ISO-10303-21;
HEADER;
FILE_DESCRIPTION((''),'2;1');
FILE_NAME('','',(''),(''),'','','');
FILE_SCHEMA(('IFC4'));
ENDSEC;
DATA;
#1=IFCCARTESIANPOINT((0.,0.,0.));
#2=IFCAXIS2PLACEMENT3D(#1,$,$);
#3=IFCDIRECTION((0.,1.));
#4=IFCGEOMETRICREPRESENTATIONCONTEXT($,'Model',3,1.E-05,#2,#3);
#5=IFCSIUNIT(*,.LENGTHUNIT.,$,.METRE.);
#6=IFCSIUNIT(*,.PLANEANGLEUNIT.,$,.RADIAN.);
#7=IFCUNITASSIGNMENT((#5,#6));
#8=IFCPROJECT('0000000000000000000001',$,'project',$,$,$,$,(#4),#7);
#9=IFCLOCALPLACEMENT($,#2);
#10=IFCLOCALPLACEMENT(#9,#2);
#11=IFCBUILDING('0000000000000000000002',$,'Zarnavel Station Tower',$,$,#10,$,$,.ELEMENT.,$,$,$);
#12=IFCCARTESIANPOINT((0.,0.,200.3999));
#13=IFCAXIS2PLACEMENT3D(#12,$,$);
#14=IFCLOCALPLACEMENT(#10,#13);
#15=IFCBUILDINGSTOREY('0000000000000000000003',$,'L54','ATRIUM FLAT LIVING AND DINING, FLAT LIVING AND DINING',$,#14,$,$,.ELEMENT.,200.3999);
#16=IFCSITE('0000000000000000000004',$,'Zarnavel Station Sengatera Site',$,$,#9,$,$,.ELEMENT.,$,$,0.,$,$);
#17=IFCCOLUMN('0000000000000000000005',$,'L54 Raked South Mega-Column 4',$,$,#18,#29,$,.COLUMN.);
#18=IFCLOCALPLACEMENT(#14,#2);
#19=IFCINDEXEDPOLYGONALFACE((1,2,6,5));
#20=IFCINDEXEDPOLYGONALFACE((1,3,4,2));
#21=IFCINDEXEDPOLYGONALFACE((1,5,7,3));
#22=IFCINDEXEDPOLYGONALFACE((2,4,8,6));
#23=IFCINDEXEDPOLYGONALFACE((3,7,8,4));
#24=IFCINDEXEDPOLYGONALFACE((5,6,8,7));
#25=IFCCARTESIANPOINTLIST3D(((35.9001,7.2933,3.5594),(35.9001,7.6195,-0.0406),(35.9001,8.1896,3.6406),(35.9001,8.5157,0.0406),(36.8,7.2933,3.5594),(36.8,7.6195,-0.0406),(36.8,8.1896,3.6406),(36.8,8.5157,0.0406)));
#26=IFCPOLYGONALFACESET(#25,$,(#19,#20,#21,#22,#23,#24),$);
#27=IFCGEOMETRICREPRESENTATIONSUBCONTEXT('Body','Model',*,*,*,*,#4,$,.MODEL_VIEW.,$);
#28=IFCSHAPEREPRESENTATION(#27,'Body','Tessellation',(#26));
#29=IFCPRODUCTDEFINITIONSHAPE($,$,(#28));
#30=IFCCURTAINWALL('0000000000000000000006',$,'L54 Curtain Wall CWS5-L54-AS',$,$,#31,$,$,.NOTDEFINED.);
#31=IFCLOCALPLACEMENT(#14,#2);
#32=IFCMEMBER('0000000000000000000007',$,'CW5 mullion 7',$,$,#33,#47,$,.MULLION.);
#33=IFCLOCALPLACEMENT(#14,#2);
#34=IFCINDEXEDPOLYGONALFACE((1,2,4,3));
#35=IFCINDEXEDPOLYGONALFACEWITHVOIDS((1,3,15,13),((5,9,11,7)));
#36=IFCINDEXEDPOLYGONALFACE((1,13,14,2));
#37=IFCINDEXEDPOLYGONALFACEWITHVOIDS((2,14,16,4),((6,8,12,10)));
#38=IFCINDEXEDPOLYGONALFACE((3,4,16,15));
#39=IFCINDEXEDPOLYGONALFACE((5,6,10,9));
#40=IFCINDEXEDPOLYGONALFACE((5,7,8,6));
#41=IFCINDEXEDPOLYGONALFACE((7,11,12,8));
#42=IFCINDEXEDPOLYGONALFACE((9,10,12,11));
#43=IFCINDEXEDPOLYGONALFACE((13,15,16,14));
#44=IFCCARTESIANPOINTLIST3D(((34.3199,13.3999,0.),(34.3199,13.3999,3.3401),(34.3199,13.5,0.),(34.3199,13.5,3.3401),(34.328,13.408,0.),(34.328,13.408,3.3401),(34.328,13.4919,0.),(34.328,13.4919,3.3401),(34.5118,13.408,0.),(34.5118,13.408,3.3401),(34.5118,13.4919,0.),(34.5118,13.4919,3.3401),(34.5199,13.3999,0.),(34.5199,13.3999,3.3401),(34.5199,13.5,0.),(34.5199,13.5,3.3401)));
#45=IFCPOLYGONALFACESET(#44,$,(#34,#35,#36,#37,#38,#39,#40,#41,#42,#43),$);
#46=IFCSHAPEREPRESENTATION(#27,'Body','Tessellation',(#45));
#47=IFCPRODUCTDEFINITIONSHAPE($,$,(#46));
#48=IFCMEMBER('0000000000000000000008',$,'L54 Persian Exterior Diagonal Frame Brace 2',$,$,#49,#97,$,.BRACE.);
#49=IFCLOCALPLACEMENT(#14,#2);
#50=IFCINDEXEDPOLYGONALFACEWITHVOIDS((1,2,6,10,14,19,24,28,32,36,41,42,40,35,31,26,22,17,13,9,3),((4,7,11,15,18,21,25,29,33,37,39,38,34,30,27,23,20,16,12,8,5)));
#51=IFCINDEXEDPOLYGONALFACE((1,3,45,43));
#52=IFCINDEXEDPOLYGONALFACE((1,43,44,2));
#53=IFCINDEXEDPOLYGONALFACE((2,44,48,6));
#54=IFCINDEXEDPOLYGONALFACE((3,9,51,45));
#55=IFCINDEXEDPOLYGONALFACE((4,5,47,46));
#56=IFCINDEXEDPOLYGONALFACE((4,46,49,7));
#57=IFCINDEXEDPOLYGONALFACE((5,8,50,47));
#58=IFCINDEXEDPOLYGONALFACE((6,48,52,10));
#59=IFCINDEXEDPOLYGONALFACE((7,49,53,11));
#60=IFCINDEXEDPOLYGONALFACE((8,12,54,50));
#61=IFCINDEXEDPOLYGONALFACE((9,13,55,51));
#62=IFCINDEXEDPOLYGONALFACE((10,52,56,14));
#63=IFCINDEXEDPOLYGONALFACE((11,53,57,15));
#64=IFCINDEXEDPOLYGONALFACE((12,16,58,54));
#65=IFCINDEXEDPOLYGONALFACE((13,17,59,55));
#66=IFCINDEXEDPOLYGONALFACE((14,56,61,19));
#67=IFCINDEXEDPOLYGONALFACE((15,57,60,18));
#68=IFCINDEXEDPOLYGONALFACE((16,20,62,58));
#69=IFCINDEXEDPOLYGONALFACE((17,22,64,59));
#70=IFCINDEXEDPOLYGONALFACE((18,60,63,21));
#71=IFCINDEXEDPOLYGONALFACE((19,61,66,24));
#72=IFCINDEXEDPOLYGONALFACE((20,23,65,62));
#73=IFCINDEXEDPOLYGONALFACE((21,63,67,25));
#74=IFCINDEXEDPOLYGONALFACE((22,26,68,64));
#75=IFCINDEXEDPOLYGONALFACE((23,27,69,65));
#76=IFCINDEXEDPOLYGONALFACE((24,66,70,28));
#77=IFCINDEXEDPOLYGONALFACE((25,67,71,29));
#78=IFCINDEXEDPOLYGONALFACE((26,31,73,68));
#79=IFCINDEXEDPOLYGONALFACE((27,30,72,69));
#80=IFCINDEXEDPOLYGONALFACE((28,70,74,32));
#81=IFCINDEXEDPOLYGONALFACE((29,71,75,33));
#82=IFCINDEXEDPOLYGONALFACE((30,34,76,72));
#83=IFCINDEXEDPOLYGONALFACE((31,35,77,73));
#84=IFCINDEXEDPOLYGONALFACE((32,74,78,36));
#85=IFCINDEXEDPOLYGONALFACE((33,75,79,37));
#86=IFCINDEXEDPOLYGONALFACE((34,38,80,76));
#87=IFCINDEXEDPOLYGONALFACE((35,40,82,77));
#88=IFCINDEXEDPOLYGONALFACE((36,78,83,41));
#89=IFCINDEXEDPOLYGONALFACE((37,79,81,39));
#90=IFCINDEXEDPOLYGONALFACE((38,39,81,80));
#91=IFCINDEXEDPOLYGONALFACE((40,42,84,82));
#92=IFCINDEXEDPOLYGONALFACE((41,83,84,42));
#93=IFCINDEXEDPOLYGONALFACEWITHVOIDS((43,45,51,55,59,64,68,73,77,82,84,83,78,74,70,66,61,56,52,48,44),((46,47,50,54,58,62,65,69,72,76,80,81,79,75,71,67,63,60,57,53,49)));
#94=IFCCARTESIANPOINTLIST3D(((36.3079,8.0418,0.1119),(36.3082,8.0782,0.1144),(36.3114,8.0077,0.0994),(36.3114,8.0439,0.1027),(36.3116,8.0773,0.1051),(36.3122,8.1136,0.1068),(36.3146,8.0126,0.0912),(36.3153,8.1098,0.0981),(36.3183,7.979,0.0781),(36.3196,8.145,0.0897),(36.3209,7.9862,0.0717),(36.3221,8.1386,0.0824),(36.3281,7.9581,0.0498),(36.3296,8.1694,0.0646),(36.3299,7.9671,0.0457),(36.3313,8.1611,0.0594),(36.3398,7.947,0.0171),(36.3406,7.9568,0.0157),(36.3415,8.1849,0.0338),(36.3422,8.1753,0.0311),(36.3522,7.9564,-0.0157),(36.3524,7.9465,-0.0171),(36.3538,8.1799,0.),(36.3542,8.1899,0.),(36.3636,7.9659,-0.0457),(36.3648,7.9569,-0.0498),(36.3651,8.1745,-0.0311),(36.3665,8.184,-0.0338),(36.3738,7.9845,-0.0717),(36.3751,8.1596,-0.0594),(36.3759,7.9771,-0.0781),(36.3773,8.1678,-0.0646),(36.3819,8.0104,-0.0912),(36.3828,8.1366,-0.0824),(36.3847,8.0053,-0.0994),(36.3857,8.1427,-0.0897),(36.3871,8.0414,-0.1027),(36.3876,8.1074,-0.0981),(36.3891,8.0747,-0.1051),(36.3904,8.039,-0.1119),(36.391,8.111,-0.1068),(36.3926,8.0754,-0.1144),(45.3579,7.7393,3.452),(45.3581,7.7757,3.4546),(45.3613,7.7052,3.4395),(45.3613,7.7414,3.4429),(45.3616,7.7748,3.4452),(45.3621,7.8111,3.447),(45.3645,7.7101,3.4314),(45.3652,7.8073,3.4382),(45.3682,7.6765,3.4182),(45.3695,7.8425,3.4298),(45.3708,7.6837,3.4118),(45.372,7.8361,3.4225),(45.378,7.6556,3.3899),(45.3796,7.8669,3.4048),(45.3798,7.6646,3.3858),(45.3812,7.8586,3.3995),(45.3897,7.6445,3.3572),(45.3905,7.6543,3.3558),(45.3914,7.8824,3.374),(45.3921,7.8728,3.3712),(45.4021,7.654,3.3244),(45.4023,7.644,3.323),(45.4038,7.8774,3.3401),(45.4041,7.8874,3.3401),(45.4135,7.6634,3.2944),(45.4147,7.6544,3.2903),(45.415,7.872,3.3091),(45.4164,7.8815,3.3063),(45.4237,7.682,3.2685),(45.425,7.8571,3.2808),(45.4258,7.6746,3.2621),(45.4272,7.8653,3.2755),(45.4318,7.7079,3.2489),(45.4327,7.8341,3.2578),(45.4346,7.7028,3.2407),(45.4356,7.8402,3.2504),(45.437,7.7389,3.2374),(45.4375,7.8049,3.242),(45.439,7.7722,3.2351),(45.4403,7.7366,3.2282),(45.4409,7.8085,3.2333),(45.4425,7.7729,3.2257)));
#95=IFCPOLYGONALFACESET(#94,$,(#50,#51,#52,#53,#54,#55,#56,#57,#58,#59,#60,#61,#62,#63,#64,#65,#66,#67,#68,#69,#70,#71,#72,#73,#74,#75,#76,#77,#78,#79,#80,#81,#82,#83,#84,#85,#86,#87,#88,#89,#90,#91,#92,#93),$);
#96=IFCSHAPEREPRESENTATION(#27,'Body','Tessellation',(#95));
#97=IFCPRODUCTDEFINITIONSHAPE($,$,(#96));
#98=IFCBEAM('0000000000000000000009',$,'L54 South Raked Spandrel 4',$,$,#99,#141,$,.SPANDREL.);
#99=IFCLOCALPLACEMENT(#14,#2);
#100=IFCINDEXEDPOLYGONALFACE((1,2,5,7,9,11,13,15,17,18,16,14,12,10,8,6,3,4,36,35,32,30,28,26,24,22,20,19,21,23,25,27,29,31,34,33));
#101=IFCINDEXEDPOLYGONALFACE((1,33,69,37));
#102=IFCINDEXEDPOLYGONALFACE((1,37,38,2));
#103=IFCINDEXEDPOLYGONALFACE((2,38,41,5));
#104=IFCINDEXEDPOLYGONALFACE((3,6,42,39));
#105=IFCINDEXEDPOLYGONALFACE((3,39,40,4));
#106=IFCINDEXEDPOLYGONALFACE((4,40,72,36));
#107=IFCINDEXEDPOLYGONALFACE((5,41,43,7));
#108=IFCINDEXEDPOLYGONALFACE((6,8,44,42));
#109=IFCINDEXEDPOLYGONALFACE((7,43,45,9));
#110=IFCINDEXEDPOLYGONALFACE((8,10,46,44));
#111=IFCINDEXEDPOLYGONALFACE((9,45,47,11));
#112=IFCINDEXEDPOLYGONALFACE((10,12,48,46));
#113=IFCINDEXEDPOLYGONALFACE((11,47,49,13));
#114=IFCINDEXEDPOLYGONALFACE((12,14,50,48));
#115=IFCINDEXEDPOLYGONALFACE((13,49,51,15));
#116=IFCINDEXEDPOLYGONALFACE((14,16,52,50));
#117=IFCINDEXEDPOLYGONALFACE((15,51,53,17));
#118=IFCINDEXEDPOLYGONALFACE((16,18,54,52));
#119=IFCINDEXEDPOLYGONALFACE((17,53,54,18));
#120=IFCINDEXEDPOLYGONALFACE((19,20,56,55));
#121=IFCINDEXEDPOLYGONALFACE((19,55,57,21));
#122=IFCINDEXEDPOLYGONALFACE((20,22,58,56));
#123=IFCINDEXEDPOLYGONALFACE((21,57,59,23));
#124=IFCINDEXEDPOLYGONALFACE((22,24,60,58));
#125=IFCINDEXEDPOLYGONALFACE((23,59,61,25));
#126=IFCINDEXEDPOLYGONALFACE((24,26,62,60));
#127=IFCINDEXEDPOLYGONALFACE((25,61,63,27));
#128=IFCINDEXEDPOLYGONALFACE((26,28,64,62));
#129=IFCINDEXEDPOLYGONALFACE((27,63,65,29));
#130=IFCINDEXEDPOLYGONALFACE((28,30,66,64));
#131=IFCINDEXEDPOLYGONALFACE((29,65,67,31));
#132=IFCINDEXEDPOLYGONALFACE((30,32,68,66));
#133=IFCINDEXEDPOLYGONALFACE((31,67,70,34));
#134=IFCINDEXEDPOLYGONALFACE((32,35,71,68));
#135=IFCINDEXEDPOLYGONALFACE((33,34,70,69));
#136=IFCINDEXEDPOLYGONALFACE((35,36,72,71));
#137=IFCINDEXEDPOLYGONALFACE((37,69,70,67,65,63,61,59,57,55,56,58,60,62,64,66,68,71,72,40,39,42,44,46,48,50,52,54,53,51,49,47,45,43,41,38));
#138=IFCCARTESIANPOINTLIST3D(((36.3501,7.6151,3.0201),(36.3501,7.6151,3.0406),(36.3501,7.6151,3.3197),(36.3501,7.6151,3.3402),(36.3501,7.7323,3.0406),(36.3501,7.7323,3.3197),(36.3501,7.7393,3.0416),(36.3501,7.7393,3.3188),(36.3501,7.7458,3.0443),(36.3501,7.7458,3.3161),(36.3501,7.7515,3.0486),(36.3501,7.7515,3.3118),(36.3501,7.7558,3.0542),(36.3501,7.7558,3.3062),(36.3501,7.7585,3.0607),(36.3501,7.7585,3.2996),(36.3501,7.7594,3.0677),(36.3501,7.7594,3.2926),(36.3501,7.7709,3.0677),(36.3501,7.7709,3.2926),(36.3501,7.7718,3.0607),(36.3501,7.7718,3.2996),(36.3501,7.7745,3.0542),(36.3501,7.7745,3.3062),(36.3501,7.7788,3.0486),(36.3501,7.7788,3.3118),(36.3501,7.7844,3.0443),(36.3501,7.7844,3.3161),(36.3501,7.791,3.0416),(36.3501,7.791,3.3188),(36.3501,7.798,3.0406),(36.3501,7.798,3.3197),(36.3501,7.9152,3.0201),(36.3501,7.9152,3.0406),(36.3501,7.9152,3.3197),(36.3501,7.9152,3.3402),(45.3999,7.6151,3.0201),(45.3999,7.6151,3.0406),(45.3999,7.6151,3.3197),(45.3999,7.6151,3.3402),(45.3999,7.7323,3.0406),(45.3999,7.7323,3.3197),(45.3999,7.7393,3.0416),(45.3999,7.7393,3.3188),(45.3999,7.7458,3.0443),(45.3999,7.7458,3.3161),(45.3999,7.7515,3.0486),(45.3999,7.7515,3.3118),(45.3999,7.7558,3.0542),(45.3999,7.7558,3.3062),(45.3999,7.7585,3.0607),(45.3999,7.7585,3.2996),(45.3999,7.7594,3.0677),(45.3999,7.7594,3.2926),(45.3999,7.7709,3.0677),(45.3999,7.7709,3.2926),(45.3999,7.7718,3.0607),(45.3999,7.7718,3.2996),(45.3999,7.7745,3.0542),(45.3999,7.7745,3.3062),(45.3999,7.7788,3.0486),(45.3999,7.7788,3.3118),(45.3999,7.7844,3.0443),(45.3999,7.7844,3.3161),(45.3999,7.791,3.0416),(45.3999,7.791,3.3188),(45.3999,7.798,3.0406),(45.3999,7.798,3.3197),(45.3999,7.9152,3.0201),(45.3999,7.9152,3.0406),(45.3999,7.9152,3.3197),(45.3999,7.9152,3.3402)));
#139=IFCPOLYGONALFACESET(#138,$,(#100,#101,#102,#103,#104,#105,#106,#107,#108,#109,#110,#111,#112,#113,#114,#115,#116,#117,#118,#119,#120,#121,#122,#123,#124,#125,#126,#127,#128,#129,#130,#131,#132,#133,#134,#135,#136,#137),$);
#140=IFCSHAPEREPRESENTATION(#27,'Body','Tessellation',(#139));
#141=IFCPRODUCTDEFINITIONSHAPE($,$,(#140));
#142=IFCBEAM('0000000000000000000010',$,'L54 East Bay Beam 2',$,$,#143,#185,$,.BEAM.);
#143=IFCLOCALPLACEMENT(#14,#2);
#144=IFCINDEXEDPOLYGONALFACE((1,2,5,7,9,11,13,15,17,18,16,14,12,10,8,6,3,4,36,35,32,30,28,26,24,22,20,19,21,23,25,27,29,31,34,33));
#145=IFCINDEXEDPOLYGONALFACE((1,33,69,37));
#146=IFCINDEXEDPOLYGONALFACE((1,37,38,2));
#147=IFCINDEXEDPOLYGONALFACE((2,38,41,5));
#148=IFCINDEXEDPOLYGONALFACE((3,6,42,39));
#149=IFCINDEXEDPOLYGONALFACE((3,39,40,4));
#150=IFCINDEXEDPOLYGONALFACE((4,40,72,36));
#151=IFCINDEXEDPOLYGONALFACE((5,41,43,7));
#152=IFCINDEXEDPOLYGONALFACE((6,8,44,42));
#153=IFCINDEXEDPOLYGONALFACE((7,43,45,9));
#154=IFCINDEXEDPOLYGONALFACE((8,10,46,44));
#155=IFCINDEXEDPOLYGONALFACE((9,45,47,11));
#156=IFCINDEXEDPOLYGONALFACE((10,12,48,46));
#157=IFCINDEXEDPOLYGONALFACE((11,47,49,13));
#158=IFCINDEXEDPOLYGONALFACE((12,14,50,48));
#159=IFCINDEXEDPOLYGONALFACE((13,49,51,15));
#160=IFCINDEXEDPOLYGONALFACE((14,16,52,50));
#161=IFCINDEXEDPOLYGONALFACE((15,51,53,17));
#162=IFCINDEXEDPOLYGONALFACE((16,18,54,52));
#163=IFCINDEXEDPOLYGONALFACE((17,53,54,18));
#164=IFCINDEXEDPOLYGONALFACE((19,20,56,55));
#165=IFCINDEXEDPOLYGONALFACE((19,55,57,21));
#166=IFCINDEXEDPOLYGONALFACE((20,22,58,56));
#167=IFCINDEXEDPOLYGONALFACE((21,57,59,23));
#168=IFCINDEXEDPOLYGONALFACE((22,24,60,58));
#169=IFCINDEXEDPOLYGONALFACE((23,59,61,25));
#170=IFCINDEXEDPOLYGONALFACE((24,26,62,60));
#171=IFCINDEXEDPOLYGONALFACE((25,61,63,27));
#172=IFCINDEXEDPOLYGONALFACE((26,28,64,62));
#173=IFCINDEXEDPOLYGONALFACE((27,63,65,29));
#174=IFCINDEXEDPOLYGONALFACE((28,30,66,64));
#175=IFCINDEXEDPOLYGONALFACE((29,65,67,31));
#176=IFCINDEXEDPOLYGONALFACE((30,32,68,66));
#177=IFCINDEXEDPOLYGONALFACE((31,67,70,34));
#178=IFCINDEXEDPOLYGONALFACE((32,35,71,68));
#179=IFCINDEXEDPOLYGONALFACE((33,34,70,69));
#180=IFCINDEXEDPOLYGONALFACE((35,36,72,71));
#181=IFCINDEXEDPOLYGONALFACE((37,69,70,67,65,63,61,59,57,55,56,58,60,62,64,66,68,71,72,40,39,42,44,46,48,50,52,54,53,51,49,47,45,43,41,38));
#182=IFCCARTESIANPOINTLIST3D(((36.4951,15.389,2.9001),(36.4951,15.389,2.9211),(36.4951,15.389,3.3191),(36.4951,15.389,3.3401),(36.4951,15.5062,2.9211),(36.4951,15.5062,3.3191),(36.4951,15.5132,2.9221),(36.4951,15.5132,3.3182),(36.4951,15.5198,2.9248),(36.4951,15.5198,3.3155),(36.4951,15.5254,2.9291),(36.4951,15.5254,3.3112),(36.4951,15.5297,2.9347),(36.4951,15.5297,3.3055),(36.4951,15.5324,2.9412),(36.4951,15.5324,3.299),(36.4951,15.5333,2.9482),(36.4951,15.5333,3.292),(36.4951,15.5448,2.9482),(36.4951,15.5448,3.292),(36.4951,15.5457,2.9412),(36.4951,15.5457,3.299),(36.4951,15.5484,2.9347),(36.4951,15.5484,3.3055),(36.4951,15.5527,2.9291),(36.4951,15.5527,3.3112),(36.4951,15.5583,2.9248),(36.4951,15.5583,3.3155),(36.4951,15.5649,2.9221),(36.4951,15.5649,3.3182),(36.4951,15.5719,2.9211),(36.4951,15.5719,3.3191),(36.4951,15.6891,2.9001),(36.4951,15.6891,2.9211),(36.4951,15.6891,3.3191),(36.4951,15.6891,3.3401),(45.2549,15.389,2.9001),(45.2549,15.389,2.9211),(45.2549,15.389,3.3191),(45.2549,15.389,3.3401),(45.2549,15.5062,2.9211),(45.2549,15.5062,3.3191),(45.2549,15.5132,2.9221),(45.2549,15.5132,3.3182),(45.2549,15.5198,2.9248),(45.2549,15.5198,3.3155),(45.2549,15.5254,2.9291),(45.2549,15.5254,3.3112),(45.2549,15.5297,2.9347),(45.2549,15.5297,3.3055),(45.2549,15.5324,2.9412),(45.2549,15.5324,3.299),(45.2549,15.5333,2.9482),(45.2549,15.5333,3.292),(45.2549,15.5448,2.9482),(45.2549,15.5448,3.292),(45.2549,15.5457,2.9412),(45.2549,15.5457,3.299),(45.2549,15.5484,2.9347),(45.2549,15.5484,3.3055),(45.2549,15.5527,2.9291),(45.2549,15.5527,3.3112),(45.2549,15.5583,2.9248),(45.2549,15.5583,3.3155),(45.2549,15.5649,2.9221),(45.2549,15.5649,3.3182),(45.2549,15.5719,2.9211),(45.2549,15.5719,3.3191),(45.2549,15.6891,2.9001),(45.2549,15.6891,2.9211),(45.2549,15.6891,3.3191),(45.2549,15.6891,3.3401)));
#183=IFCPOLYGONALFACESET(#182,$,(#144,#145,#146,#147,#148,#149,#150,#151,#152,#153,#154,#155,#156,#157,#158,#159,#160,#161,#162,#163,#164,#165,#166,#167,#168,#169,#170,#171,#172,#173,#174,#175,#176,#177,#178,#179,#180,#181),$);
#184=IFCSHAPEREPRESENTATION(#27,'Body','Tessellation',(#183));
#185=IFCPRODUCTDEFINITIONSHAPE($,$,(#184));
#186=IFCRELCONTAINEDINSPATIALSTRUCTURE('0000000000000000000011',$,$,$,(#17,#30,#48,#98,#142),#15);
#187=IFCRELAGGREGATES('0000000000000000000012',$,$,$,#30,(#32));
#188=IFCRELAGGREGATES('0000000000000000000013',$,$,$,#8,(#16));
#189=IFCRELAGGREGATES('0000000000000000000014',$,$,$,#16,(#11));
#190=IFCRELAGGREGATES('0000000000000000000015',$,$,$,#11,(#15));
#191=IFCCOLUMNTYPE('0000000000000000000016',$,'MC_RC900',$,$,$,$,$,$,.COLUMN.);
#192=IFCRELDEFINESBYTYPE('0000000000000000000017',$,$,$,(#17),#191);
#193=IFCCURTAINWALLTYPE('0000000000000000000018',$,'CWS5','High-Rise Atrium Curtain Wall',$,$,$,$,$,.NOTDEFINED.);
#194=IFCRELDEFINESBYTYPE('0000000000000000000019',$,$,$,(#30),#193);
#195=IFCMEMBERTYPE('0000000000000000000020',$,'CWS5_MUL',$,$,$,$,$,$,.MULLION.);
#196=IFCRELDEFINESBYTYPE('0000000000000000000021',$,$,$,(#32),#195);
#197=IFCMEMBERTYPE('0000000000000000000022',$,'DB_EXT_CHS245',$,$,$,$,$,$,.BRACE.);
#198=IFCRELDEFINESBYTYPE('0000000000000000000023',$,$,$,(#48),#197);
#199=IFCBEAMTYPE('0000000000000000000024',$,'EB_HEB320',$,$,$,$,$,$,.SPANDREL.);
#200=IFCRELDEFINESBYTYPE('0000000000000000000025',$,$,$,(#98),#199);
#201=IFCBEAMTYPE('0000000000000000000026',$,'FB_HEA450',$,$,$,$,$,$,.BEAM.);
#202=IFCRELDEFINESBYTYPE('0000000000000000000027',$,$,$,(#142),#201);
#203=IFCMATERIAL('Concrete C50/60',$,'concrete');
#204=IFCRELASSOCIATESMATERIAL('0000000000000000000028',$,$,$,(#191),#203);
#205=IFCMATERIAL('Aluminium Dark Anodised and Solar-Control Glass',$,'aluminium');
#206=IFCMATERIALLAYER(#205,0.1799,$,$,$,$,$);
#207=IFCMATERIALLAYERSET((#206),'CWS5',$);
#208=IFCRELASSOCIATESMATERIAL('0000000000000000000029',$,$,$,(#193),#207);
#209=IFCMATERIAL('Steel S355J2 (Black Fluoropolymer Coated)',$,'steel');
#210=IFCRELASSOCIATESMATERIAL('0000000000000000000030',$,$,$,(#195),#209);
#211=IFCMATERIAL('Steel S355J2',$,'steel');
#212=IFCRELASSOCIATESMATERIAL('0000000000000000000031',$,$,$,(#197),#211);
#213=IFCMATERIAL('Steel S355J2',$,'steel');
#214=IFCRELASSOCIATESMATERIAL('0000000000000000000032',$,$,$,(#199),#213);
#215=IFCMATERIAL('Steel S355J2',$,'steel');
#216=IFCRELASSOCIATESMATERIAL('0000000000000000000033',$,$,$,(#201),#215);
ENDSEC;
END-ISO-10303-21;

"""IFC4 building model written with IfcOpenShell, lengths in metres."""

from ifc_helpers import new_model, si_unit, direction, frame, origin, origin_2d, place, context, subcontext, project, spatial, rectangle, hollow_rectangle, hollow_circle, i_section, extrude, material, layer, layer_set, material_profile, profile_set, type_object, element, aggregate, save


model = new_model("IFC4")

# Units and contexts
model_context = context("Model", 3, precision=1e-05, world=origin(), true_north=direction((0.0, 1.0)))
body_context = subcontext(model_context, "Body", "Model", "MODEL_VIEW")
ifc_project = project(units=[si_unit("LENGTHUNIT", "METRE"), si_unit("PLANEANGLEUNIT", "RADIAN")], contexts=[model_context])

# Site, building, storey
site_placement = place(None, origin())
site = spatial("IfcSite", under=ifc_project, at=site_placement, Name="Zarnavel Station Sengatera Site", CompositionType="ELEMENT", RefElevation=0.0)
building_placement = place(site_placement, origin())
building = spatial("IfcBuilding", under=site, at=building_placement, Name="Zarnavel Station Tower", CompositionType="ELEMENT")
storey_placement = place(building_placement, frame((0.0, 0.0, 200.3999)))
storey = spatial("IfcBuildingStorey", under=building, at=storey_placement, Name="L54", Description="ATRIUM FLAT LIVING AND DINING, FLAT LIVING AND DINING", CompositionType="ELEMENT", Elevation=200.3999)

# Column
ifc_material_1 = material(Name="Concrete C50/60", Category="concrete")
ifc_material_profile_1 = material_profile(ifc_material_1, rectangle(XDim=0.8999, YDim=0.8999, at=origin_2d()), Name="RC900x900")
ifc_profile_set_1 = profile_set([ifc_material_profile_1], Name="Concrete C50/60")
column_type = type_object("IfcColumnType", Name="MC_RC900", PredefinedType="COLUMN", material=ifc_profile_set_1)
column_placement = place(storey_placement, frame((36.3501, 8.0676, 0.0), z_axis=(0.0, -0.090231, 0.995921), x_axis=(1.0, 0.0, 0.0)))
element("IfcColumn", 1, at=column_placement, inside=storey, type_object=column_type, Name="L54 Raked South Mega-Column 4", PredefinedType="COLUMN", context=body_context, shape_type="SweptSolid", body=[
    extrude(rectangle(XDim=0.8999, YDim=0.8999, at=origin_2d()), origin(), (0.0, 0.0, 1.0), 3.6147),
])

# Curtain wall, member
ifc_material_2 = material(Name="Aluminium Dark Anodised and Solar-Control Glass", Category="aluminium")
ifc_layer_1 = layer(ifc_material_2, 0.1799)
ifc_layer_set_1 = layer_set([ifc_layer_1], Name="CWS5")
curtain_wall_type = type_object("IfcCurtainWallType", Name="CWS5", Description="High-Rise Atrium Curtain Wall", PredefinedType="NOTDEFINED", material=ifc_layer_set_1)
curtain_wall_placement = place(storey_placement, origin())
curtain_wall = element("IfcCurtainWall", 2, at=curtain_wall_placement, inside=storey, type_object=curtain_wall_type, Name="L54 Curtain Wall CWS5-L54-AS", PredefinedType="NOTDEFINED")
ifc_material_3 = material(Name="Steel S355J2 (Black Fluoropolymer Coated)", Category="steel")
ifc_material_profile_2 = material_profile(ifc_material_3, hollow_rectangle(XDim=0.1001, YDim=0.2, WallThickness=0.0081, at=origin_2d()), Name="RHS200x100x8")
ifc_profile_set_2 = profile_set([ifc_material_profile_2], Name="Steel S355J2 (Black Fluoropolymer Coated)")
member_type_1 = type_object("IfcMemberType", Name="CWS5_MUL", PredefinedType="MULLION", material=ifc_profile_set_2)
member_1_placement = place(storey_placement, frame((34.4199, 13.45, 0.0), z_axis=(0.0, 0.0, 1.0), x_axis=(0.0, 1.0, 0.0)))
member_1 = element("IfcMember", 3, at=member_1_placement, type_object=member_type_1, Name="CW5 mullion 7", PredefinedType="MULLION", context=body_context, shape_type="SweptSolid", body=[
    extrude(hollow_rectangle(XDim=0.1001, YDim=0.2, WallThickness=0.0081, at=origin_2d()), origin(), (0.0, 0.0, 1.0), 3.3401),
])
aggregate(curtain_wall, [member_1])

# Member
ifc_material_4 = material(Name="Steel S355J2", Category="steel")
ifc_material_profile_3 = material_profile(ifc_material_4, hollow_circle(Radius=0.1223, WallThickness=0.01, at=origin_2d()), Name="CHS244.5x10")
ifc_profile_set_3 = profile_set([ifc_material_profile_3], Name="Steel S355J2")
member_type_2 = type_object("IfcMemberType", Name="DB_EXT_CHS245", PredefinedType="BRACE", material=ifc_profile_set_3)
member_2_placement = place(storey_placement, frame((36.3501, 8.0676, 0.0), z_axis=(0.937682, -0.031342, 0.346078), x_axis=(0.033406, 0.999442, 0.0)))
element("IfcMember", 4, at=member_2_placement, inside=storey, type_object=member_type_2, Name="L54 Persian Exterior Diagonal Frame Brace 2", PredefinedType="BRACE", context=body_context, shape_type="SweptSolid", body=[
    extrude(hollow_circle(Radius=0.1223, WallThickness=0.01, at=origin_2d()), origin(), (0.0, 0.0, 1.0), 9.6514),
])

# Beams
ifc_material_5 = material(Name="Steel S355J2", Category="steel")
ifc_material_profile_4 = material_profile(ifc_material_5, i_section(OverallWidth=0.3, OverallDepth=0.3201, WebThickness=0.0115, FlangeThickness=0.0205, FilletRadius=0.0271, at=origin_2d()), Name="HEB320")
ifc_profile_set_4 = profile_set([ifc_material_profile_4], Name="Steel S355J2")
beam_type_1 = type_object("IfcBeamType", Name="EB_HEB320", PredefinedType="SPANDREL", material=ifc_profile_set_4)
beam_1_placement = place(storey_placement, frame((36.3501, 7.7651, 3.1802), z_axis=(1.0, 0.0, 0.0), x_axis=(0.0, 1.0, 0.0)))
element("IfcBeam", 5, at=beam_1_placement, inside=storey, type_object=beam_type_1, Name="L54 South Raked Spandrel 4", PredefinedType="SPANDREL", context=body_context, shape_type="SweptSolid", body=[
    extrude(i_section(OverallWidth=0.3, OverallDepth=0.3201, WebThickness=0.0115, FlangeThickness=0.0205, FilletRadius=0.0271, at=origin_2d()), origin(), (0.0, 0.0, 1.0), 9.0498),
])
ifc_material_6 = material(Name="Steel S355J2", Category="steel")
ifc_material_profile_5 = material_profile(ifc_material_6, i_section(OverallWidth=0.3, OverallDepth=0.4399, WebThickness=0.0115, FlangeThickness=0.021, FilletRadius=0.0271, at=origin_2d()), Name="HEA450")
ifc_profile_set_5 = profile_set([ifc_material_profile_5], Name="Steel S355J2")
beam_type_2 = type_object("IfcBeamType", Name="FB_HEA450", PredefinedType="BEAM", material=ifc_profile_set_5)
beam_2_placement = place(storey_placement, frame((36.4951, 15.5391, 3.1201), z_axis=(1.0, 0.0, 0.0), x_axis=(0.0, 1.0, 0.0)))
element("IfcBeam", 6, at=beam_2_placement, inside=storey, type_object=beam_type_2, Name="L54 East Bay Beam 2", PredefinedType="BEAM", context=body_context, shape_type="SweptSolid", body=[
    extrude(i_section(OverallWidth=0.3, OverallDepth=0.4399, WebThickness=0.0115, FlangeThickness=0.021, FilletRadius=0.0271, at=origin_2d()), origin(), (0.0, 0.0, 1.0), 8.7598),
])

save(model, "model.ifc")
